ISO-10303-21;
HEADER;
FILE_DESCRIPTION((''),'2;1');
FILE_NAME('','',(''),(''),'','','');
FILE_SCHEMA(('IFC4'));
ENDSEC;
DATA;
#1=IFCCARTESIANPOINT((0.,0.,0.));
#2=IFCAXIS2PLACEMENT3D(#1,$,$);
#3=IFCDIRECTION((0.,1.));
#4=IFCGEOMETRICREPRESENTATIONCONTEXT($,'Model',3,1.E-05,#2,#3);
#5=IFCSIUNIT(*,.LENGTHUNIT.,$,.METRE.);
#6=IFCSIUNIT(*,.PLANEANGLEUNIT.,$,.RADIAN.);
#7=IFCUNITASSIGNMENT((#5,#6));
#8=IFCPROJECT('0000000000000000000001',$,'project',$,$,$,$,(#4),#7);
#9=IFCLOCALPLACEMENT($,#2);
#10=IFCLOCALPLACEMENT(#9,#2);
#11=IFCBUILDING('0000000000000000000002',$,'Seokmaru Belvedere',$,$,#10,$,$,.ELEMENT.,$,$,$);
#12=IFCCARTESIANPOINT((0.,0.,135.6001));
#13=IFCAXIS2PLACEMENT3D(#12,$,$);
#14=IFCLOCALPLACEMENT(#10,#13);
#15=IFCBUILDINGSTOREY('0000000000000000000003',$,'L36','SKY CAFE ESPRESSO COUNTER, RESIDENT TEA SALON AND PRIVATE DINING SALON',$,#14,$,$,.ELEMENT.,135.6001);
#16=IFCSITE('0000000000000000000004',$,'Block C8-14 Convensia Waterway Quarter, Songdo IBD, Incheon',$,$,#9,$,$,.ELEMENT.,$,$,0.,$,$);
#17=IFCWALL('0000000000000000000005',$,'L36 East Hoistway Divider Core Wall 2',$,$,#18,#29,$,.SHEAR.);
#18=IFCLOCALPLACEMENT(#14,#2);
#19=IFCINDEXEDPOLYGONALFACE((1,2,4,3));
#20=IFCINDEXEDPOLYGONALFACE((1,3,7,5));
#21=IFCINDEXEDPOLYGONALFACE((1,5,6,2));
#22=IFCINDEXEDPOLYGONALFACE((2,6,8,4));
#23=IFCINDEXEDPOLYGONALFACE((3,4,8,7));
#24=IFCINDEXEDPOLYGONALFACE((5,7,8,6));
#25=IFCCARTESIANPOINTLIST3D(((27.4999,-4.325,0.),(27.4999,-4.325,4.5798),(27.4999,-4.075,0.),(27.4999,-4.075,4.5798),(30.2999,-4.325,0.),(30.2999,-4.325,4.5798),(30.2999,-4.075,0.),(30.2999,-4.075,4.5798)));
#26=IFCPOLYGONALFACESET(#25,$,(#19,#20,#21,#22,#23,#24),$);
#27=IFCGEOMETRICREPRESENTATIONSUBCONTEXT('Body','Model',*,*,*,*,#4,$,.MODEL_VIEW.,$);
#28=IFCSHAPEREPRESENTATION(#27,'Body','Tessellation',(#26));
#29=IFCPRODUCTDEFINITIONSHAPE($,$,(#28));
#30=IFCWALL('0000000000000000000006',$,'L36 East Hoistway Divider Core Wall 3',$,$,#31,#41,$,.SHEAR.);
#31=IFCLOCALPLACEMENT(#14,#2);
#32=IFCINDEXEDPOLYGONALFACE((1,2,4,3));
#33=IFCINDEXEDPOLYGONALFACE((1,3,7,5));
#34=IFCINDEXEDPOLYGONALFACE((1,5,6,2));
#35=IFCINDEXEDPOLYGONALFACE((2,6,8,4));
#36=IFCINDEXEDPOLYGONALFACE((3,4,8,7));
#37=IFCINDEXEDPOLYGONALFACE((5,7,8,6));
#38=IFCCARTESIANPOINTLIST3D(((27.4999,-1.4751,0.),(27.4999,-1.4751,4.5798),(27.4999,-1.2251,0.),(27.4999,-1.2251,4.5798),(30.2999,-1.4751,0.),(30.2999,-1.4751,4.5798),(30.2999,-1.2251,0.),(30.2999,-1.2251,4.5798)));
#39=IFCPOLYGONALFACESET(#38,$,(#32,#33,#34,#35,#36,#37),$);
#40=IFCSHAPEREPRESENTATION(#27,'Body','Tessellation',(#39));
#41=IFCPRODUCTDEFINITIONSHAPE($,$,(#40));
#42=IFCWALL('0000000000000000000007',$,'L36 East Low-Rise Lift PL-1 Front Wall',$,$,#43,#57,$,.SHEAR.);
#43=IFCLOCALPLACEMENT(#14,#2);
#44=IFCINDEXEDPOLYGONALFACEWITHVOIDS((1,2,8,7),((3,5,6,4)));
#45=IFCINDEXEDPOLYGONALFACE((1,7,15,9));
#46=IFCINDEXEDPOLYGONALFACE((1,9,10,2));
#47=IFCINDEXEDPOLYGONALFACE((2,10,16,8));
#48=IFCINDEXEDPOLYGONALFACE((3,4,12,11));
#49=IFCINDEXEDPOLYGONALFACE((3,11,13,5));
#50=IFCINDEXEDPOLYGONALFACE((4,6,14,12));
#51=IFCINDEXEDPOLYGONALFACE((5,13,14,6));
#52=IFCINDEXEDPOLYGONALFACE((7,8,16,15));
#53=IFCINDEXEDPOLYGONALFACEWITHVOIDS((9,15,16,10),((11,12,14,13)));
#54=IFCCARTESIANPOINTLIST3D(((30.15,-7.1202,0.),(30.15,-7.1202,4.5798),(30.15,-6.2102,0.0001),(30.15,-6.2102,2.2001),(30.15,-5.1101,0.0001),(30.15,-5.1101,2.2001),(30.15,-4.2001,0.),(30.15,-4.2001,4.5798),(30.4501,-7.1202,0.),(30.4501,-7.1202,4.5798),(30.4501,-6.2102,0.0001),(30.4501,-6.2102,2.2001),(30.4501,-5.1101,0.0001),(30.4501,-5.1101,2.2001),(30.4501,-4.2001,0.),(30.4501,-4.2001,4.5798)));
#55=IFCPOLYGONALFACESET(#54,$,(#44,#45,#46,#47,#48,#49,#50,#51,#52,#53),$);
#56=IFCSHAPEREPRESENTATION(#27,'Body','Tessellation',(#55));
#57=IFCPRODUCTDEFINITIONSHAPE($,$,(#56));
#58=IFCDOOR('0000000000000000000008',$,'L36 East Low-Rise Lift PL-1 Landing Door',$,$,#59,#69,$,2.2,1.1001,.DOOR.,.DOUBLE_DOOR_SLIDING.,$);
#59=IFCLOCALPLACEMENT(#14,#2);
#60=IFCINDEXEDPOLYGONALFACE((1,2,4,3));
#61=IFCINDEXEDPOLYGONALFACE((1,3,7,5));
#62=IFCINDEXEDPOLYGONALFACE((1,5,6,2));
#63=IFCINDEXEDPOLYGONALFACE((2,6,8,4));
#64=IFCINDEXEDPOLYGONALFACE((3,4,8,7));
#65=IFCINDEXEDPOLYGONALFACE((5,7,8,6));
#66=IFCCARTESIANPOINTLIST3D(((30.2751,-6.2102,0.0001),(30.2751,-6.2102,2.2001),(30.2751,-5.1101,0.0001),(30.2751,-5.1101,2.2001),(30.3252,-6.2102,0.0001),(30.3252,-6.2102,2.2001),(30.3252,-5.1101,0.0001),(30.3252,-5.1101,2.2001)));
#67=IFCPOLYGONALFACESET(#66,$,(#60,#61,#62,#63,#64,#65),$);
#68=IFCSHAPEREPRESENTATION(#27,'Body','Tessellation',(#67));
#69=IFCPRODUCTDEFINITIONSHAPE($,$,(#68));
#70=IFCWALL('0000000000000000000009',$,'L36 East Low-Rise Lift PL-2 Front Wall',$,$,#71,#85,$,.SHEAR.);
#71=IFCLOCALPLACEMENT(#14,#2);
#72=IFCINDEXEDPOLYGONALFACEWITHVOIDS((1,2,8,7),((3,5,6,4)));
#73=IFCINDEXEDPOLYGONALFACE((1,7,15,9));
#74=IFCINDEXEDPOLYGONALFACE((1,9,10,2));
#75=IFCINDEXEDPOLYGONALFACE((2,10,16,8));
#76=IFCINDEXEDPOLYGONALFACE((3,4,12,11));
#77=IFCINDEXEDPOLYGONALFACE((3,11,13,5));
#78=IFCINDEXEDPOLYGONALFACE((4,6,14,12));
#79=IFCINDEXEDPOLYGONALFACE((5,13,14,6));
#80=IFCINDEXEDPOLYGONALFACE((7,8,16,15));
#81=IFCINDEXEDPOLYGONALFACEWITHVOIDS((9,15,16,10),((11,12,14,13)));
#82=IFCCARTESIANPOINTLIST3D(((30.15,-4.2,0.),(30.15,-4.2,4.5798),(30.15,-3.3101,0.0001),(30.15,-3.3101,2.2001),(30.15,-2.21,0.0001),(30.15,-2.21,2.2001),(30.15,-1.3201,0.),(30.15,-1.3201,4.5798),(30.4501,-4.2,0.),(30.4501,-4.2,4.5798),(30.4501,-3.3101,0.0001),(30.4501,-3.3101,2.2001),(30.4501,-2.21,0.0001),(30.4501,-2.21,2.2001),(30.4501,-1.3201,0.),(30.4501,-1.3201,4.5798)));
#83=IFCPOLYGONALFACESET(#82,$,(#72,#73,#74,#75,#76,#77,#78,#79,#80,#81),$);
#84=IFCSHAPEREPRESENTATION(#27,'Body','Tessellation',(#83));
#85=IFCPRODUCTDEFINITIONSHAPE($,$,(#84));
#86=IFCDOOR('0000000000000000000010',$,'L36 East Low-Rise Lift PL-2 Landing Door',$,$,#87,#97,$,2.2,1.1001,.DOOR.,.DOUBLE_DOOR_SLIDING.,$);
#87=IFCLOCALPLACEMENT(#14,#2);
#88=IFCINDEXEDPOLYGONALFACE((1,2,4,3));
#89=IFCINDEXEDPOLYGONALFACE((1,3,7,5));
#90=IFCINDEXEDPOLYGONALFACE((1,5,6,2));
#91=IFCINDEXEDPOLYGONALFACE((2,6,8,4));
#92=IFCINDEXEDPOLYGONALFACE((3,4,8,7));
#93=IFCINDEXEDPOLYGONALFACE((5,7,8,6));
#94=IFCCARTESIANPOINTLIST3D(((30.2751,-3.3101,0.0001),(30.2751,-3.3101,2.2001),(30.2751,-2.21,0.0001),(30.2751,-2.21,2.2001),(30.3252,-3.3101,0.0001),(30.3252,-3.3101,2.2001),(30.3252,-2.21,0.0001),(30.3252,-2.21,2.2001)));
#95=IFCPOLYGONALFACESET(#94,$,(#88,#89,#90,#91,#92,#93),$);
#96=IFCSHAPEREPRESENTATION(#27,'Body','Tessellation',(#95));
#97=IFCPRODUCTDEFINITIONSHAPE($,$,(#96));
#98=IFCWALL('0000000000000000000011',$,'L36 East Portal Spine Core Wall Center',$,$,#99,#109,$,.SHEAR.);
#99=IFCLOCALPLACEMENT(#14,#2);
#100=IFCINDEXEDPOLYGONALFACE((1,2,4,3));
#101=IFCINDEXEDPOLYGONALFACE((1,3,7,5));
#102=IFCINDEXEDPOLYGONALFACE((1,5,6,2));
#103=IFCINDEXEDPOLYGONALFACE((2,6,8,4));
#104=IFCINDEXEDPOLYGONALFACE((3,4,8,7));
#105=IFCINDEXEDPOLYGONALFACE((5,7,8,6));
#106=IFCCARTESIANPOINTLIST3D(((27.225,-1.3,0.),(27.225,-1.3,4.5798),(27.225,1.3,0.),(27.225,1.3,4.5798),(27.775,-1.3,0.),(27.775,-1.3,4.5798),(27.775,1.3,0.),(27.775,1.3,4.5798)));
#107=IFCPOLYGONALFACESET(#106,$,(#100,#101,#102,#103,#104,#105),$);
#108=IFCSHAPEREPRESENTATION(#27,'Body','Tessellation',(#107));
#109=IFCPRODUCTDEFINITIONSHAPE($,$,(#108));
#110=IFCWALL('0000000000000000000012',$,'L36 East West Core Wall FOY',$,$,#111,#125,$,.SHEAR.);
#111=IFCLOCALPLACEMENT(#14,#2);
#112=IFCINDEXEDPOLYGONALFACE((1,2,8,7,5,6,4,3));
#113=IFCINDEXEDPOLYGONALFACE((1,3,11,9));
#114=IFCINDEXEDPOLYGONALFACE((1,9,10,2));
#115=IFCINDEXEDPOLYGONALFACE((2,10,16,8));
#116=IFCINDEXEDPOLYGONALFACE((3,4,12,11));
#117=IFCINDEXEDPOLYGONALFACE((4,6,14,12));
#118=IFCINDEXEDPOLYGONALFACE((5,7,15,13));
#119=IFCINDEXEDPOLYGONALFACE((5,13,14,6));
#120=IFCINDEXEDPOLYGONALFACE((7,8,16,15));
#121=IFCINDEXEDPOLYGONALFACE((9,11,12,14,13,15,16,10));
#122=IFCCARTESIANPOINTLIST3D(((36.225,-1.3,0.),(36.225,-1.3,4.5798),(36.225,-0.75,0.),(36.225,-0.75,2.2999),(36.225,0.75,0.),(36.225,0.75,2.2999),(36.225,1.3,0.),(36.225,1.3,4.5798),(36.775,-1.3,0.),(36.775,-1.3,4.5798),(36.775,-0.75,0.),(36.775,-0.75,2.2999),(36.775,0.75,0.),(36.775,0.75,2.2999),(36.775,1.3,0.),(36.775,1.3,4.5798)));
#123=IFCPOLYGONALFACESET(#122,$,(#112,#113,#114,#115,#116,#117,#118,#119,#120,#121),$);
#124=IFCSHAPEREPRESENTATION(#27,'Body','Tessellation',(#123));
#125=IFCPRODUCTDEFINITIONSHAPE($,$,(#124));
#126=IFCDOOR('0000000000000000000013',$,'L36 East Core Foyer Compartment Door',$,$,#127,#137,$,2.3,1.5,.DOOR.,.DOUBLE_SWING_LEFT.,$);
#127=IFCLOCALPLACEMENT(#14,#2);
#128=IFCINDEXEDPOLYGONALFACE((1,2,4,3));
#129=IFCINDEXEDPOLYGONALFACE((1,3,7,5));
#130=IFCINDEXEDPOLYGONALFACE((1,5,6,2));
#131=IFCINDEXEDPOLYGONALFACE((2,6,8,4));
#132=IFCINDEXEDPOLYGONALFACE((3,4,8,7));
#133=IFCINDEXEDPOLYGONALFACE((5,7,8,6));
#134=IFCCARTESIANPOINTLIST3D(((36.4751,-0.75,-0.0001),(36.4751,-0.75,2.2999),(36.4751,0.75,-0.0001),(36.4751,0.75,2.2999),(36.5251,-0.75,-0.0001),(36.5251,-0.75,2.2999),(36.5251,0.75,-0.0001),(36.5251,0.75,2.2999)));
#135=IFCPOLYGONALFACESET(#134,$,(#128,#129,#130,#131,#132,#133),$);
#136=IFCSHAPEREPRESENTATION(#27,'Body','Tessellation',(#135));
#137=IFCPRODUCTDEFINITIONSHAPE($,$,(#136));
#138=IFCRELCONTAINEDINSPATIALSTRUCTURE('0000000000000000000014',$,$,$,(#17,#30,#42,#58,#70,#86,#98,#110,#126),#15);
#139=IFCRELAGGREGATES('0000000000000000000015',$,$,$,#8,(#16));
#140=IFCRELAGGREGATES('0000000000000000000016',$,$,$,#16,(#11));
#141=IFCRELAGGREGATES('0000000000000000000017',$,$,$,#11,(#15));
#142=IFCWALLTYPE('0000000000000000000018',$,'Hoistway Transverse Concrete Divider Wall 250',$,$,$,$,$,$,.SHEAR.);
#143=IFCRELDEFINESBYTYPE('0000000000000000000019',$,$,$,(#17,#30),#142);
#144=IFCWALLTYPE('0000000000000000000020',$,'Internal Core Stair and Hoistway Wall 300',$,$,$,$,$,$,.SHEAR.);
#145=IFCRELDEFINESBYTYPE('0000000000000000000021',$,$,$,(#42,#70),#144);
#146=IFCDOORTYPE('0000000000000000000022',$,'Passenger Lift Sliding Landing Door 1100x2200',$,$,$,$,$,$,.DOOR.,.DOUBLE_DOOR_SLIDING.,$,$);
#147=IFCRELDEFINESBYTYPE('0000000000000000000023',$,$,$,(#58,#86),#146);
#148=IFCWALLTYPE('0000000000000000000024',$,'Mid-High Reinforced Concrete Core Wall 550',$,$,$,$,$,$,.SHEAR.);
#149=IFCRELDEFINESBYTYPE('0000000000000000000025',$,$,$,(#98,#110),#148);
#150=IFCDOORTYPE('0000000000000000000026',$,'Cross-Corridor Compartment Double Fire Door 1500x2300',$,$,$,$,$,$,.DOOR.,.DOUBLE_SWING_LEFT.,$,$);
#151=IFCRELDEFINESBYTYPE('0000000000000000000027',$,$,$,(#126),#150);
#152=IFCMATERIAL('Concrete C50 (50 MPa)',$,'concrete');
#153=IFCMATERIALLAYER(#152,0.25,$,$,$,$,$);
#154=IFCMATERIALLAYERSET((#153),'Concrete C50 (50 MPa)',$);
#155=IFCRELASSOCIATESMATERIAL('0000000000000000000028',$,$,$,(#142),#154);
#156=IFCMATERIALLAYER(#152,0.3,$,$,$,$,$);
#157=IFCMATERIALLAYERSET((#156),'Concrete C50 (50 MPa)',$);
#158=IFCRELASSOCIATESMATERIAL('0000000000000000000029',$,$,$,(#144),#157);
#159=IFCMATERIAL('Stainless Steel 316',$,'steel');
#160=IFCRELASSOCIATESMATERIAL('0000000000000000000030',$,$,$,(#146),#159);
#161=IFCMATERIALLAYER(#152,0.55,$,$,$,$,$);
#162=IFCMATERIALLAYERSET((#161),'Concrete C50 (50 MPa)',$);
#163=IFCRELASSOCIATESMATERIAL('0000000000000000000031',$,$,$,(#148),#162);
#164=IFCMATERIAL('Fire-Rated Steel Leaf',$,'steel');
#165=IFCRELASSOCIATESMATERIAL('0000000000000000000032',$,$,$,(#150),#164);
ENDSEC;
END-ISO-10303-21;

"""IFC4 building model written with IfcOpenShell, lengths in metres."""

from ifc_helpers import new_model, si_unit, direction, frame, frame_2d, origin, place, context, subcontext, project, spatial, rectangle, extrude, source, transform, mapped, material, layer, layer_set, type_object, type_shapes, element, fill, save


model = new_model("IFC4")

# Units and contexts
model_context = context("Model", 3, precision=1e-05, world=origin(), true_north=direction((0.0, 1.0)))
body_context = subcontext(model_context, "Body", "Model", "MODEL_VIEW")
ifc_project = project(units=[si_unit("LENGTHUNIT", "METRE"), si_unit("PLANEANGLEUNIT", "RADIAN")], contexts=[model_context])

# Site, building, storey
site_placement = place(None, origin())
site = spatial("IfcSite", under=ifc_project, at=site_placement, Name="Block C8-14 Convensia Waterway Quarter, Songdo IBD, Incheon", CompositionType="ELEMENT", RefElevation=0.0)
building_placement = place(site_placement, origin())
building = spatial("IfcBuilding", under=site, at=building_placement, Name="Seokmaru Belvedere", CompositionType="ELEMENT")
storey_placement = place(building_placement, frame((0.0, 0.0, 135.6001)))
storey = spatial("IfcBuildingStorey", under=building, at=storey_placement, Name="L36", Description="SKY CAFE ESPRESSO COUNTER, RESIDENT TEA SALON AND PRIVATE DINING SALON", CompositionType="ELEMENT", Elevation=135.6001)

# Shared definitions
ifc_material_1 = material(Name="Fire-Rated Steel Leaf", Category="steel")

# Walls
ifc_material_2 = material(Name="Concrete C50 (50 MPa)", Category="concrete")
ifc_layer_1 = layer(ifc_material_2, 0.25)
ifc_layer_set_1 = layer_set([ifc_layer_1], Name="Concrete C50 (50 MPa)")
wall_type_1 = type_object("IfcWallType", Name="Hoistway Transverse Concrete Divider Wall 250", PredefinedType="SHEAR", material=ifc_layer_set_1)
for number, where, z_axis, x_axis, name in (
    (1, (27.5, -4.2, 0.0), (0.0, 0.0, 1.0), (1.0, 0.0, 0.0), "L36 East Hoistway Divider Core Wall 2"),
    (2, (27.5, -1.3501, 0.0), (0.0, 0.0, 1.0), (1.0, 0.0, 0.0), "L36 East Hoistway Divider Core Wall 3"),
):
    element("IfcWall", number, at=place(storey_placement, frame(where, z_axis=z_axis, x_axis=x_axis)), inside=storey, type_object=wall_type_1, Name=name, PredefinedType="SHEAR", context=body_context, shape_type="SweptSolid", body=[
        extrude(rectangle(XDim=2.8, YDim=0.25, at=frame_2d((1.3999, 0.0))), origin(), (0.0, 0.0, 1.0), 4.5798),
    ])

# Walls, openings, doors
ifc_layer_2 = layer(ifc_material_2, 0.3)
ifc_layer_set_2 = layer_set([ifc_layer_2], Name="Concrete C50 (50 MPa)")
wall_type_2 = type_object("IfcWallType", Name="Internal Core Stair and Hoistway Wall 300", PredefinedType="SHEAR", material=ifc_layer_set_2)
wall_1_placement = place(storey_placement, frame((30.3, -7.1201, 0.0), z_axis=(0.0, 0.0, 1.0), x_axis=(0.0, 1.0, 0.0)))
wall_1 = element("IfcWall", 3, at=wall_1_placement, inside=storey, type_object=wall_type_2, Name="L36 East Low-Rise Lift PL-1 Front Wall", PredefinedType="SHEAR", context=body_context, shape_type="SweptSolid", body=[
    extrude(rectangle(XDim=2.9202, YDim=0.3, at=frame_2d((1.46, 0.0))), origin(), (0.0, 0.0, 1.0), 4.5798),
])
opening_1_placement = place(wall_1_placement, frame((0.9099, 0.0, 0.0)))
opening_1 = element("IfcOpeningElement", 4, at=opening_1_placement, cuts=wall_1, PredefinedType="OPENING", context=body_context, shape_type="SweptSolid", body=[
    extrude(rectangle(XDim=1.1001, YDim=2.2, at=frame_2d((0.55, 1.1001))), frame((0.0, 0.1602, 0.0), z_axis=(0.0, -1.0, 0.0), x_axis=(1.0, 0.0, 0.0)), (0.0, 0.0, 1.0), 0.3201),
])
ifc_material_3 = material(Name="Stainless Steel 316", Category="steel")
door_type_1 = type_object("IfcDoorType", Name="Passenger Lift Sliding Landing Door 1100x2200", OperationType="DOUBLE_DOOR_SLIDING", PredefinedType="DOOR", material=ifc_material_3)
shared_shape_1 = source(origin(), body_context, "Body", "SweptSolid", [
    extrude(rectangle(XDim=1.1001, YDim=2.2, at=frame_2d((0.55, 1.1001))), frame((0.0, 0.0249, 0.0), z_axis=(0.0, -1.0, 0.0), x_axis=(1.0, 0.0, 0.0)), (0.0, 0.0, 1.0), 0.05),
])
type_shapes(door_type_1, [shared_shape_1])
door_1_placement = place(opening_1_placement, origin())
door_1 = element("IfcDoor", 5, at=door_1_placement, inside=storey, type_object=door_type_1, Name="L36 East Low-Rise Lift PL-1 Landing Door", OperationType="DOUBLE_DOOR_SLIDING", OverallHeight=2.2, OverallWidth=1.1001, PredefinedType="DOOR", context=body_context, shape_type="MappedRepresentation", body=[
    mapped(shared_shape_1, transform((0.0, 0.0, 0.0), scale=1.0)),
])
fill(opening_1, door_1)
wall_2_placement = place(storey_placement, frame((30.3, -4.2, 0.0), z_axis=(0.0, 0.0, 1.0), x_axis=(0.0, 1.0, 0.0)))
wall_2 = element("IfcWall", 6, at=wall_2_placement, inside=storey, type_object=wall_type_2, Name="L36 East Low-Rise Lift PL-2 Front Wall", PredefinedType="SHEAR", context=body_context, shape_type="SweptSolid", body=[
    extrude(rectangle(XDim=2.8799, YDim=0.3, at=frame_2d((1.4399, 0.0))), origin(), (0.0, 0.0, 1.0), 4.5798),
])
opening_2_placement = place(wall_2_placement, frame((0.8899, 0.0, 0.0)))
opening_2 = element("IfcOpeningElement", 7, at=opening_2_placement, cuts=wall_2, PredefinedType="OPENING", context=body_context, shape_type="SweptSolid", body=[
    extrude(rectangle(XDim=1.1001, YDim=2.2, at=frame_2d((0.55, 1.1001))), frame((0.0, 0.1602, 0.0), z_axis=(0.0, -1.0, 0.0), x_axis=(1.0, 0.0, 0.0)), (0.0, 0.0, 1.0), 0.3201),
])
door_2_placement = place(opening_2_placement, origin())
door_2 = element("IfcDoor", 8, at=door_2_placement, inside=storey, type_object=door_type_1, Name="L36 East Low-Rise Lift PL-2 Landing Door", OperationType="DOUBLE_DOOR_SLIDING", OverallHeight=2.2, OverallWidth=1.1001, PredefinedType="DOOR", context=body_context, shape_type="MappedRepresentation", body=[
    mapped(shared_shape_1, transform((0.0, 0.0, 0.0), scale=1.0)),
])
fill(opening_2, door_2)

# Wall
ifc_layer_3 = layer(ifc_material_2, 0.55)
ifc_layer_set_3 = layer_set([ifc_layer_3], Name="Concrete C50 (50 MPa)")
wall_type_3 = type_object("IfcWallType", Name="Mid-High Reinforced Concrete Core Wall 550", PredefinedType="SHEAR", material=ifc_layer_set_3)
wall_3_placement = place(storey_placement, frame((27.5, -1.3, 0.0), z_axis=(0.0, 0.0, 1.0), x_axis=(0.0, 1.0, 0.0)))
element("IfcWall", 9, at=wall_3_placement, inside=storey, type_object=wall_type_3, Name="L36 East Portal Spine Core Wall Center", PredefinedType="SHEAR", context=body_context, shape_type="SweptSolid", body=[
    extrude(rectangle(XDim=2.6001, YDim=0.55, at=frame_2d((1.3, 0.0))), origin(), (0.0, 0.0, 1.0), 4.5798),
])

# Wall, opening, door
wall_4_placement = place(storey_placement, frame((36.5, -1.3, 0.0), z_axis=(0.0, 0.0, 1.0), x_axis=(0.0, 1.0, 0.0)))
wall_4 = element("IfcWall", 10, at=wall_4_placement, inside=storey, type_object=wall_type_3, Name="L36 East West Core Wall FOY", PredefinedType="SHEAR", context=body_context, shape_type="SweptSolid", body=[
    extrude(rectangle(XDim=2.6001, YDim=0.55, at=frame_2d((1.3, 0.0))), origin(), (0.0, 0.0, 1.0), 4.5798),
])
opening_3_placement = place(wall_4_placement, frame((0.55, 0.0, 0.0)))
opening_3 = element("IfcOpeningElement", 11, at=opening_3_placement, cuts=wall_4, PredefinedType="OPENING", context=body_context, shape_type="SweptSolid", body=[
    extrude(rectangle(XDim=1.5, YDim=2.3, at=frame_2d((0.75, 1.1499))), frame((0.0, 0.2852, 0.0), z_axis=(0.0, -1.0, 0.0), x_axis=(1.0, 0.0, 0.0)), (0.0, 0.0, 1.0), 0.5701),
])
door_type_2 = type_object("IfcDoorType", Name="Cross-Corridor Compartment Double Fire Door 1500x2300", OperationType="DOUBLE_SWING_LEFT", PredefinedType="DOOR", material=ifc_material_1)
shared_shape_2 = source(origin(), body_context, "Body", "SweptSolid", [
    extrude(rectangle(XDim=1.5, YDim=2.3, at=frame_2d((0.75, 1.1499))), frame((0.0, 0.0249, 0.0), z_axis=(0.0, -1.0, 0.0), x_axis=(1.0, 0.0, 0.0)), (0.0, 0.0, 1.0), 0.05),
])
type_shapes(door_type_2, [shared_shape_2])
door_3_placement = place(opening_3_placement, origin())
door_3 = element("IfcDoor", 12, at=door_3_placement, inside=storey, type_object=door_type_2, Name="L36 East Core Foyer Compartment Door", OperationType="DOUBLE_SWING_LEFT", OverallHeight=2.3, OverallWidth=1.5, PredefinedType="DOOR", context=body_context, shape_type="MappedRepresentation", body=[
    mapped(shared_shape_2, transform((0.0, 0.0, 0.0), scale=1.0)),
])
fill(opening_3, door_3)

save(model, "model.ifc")
